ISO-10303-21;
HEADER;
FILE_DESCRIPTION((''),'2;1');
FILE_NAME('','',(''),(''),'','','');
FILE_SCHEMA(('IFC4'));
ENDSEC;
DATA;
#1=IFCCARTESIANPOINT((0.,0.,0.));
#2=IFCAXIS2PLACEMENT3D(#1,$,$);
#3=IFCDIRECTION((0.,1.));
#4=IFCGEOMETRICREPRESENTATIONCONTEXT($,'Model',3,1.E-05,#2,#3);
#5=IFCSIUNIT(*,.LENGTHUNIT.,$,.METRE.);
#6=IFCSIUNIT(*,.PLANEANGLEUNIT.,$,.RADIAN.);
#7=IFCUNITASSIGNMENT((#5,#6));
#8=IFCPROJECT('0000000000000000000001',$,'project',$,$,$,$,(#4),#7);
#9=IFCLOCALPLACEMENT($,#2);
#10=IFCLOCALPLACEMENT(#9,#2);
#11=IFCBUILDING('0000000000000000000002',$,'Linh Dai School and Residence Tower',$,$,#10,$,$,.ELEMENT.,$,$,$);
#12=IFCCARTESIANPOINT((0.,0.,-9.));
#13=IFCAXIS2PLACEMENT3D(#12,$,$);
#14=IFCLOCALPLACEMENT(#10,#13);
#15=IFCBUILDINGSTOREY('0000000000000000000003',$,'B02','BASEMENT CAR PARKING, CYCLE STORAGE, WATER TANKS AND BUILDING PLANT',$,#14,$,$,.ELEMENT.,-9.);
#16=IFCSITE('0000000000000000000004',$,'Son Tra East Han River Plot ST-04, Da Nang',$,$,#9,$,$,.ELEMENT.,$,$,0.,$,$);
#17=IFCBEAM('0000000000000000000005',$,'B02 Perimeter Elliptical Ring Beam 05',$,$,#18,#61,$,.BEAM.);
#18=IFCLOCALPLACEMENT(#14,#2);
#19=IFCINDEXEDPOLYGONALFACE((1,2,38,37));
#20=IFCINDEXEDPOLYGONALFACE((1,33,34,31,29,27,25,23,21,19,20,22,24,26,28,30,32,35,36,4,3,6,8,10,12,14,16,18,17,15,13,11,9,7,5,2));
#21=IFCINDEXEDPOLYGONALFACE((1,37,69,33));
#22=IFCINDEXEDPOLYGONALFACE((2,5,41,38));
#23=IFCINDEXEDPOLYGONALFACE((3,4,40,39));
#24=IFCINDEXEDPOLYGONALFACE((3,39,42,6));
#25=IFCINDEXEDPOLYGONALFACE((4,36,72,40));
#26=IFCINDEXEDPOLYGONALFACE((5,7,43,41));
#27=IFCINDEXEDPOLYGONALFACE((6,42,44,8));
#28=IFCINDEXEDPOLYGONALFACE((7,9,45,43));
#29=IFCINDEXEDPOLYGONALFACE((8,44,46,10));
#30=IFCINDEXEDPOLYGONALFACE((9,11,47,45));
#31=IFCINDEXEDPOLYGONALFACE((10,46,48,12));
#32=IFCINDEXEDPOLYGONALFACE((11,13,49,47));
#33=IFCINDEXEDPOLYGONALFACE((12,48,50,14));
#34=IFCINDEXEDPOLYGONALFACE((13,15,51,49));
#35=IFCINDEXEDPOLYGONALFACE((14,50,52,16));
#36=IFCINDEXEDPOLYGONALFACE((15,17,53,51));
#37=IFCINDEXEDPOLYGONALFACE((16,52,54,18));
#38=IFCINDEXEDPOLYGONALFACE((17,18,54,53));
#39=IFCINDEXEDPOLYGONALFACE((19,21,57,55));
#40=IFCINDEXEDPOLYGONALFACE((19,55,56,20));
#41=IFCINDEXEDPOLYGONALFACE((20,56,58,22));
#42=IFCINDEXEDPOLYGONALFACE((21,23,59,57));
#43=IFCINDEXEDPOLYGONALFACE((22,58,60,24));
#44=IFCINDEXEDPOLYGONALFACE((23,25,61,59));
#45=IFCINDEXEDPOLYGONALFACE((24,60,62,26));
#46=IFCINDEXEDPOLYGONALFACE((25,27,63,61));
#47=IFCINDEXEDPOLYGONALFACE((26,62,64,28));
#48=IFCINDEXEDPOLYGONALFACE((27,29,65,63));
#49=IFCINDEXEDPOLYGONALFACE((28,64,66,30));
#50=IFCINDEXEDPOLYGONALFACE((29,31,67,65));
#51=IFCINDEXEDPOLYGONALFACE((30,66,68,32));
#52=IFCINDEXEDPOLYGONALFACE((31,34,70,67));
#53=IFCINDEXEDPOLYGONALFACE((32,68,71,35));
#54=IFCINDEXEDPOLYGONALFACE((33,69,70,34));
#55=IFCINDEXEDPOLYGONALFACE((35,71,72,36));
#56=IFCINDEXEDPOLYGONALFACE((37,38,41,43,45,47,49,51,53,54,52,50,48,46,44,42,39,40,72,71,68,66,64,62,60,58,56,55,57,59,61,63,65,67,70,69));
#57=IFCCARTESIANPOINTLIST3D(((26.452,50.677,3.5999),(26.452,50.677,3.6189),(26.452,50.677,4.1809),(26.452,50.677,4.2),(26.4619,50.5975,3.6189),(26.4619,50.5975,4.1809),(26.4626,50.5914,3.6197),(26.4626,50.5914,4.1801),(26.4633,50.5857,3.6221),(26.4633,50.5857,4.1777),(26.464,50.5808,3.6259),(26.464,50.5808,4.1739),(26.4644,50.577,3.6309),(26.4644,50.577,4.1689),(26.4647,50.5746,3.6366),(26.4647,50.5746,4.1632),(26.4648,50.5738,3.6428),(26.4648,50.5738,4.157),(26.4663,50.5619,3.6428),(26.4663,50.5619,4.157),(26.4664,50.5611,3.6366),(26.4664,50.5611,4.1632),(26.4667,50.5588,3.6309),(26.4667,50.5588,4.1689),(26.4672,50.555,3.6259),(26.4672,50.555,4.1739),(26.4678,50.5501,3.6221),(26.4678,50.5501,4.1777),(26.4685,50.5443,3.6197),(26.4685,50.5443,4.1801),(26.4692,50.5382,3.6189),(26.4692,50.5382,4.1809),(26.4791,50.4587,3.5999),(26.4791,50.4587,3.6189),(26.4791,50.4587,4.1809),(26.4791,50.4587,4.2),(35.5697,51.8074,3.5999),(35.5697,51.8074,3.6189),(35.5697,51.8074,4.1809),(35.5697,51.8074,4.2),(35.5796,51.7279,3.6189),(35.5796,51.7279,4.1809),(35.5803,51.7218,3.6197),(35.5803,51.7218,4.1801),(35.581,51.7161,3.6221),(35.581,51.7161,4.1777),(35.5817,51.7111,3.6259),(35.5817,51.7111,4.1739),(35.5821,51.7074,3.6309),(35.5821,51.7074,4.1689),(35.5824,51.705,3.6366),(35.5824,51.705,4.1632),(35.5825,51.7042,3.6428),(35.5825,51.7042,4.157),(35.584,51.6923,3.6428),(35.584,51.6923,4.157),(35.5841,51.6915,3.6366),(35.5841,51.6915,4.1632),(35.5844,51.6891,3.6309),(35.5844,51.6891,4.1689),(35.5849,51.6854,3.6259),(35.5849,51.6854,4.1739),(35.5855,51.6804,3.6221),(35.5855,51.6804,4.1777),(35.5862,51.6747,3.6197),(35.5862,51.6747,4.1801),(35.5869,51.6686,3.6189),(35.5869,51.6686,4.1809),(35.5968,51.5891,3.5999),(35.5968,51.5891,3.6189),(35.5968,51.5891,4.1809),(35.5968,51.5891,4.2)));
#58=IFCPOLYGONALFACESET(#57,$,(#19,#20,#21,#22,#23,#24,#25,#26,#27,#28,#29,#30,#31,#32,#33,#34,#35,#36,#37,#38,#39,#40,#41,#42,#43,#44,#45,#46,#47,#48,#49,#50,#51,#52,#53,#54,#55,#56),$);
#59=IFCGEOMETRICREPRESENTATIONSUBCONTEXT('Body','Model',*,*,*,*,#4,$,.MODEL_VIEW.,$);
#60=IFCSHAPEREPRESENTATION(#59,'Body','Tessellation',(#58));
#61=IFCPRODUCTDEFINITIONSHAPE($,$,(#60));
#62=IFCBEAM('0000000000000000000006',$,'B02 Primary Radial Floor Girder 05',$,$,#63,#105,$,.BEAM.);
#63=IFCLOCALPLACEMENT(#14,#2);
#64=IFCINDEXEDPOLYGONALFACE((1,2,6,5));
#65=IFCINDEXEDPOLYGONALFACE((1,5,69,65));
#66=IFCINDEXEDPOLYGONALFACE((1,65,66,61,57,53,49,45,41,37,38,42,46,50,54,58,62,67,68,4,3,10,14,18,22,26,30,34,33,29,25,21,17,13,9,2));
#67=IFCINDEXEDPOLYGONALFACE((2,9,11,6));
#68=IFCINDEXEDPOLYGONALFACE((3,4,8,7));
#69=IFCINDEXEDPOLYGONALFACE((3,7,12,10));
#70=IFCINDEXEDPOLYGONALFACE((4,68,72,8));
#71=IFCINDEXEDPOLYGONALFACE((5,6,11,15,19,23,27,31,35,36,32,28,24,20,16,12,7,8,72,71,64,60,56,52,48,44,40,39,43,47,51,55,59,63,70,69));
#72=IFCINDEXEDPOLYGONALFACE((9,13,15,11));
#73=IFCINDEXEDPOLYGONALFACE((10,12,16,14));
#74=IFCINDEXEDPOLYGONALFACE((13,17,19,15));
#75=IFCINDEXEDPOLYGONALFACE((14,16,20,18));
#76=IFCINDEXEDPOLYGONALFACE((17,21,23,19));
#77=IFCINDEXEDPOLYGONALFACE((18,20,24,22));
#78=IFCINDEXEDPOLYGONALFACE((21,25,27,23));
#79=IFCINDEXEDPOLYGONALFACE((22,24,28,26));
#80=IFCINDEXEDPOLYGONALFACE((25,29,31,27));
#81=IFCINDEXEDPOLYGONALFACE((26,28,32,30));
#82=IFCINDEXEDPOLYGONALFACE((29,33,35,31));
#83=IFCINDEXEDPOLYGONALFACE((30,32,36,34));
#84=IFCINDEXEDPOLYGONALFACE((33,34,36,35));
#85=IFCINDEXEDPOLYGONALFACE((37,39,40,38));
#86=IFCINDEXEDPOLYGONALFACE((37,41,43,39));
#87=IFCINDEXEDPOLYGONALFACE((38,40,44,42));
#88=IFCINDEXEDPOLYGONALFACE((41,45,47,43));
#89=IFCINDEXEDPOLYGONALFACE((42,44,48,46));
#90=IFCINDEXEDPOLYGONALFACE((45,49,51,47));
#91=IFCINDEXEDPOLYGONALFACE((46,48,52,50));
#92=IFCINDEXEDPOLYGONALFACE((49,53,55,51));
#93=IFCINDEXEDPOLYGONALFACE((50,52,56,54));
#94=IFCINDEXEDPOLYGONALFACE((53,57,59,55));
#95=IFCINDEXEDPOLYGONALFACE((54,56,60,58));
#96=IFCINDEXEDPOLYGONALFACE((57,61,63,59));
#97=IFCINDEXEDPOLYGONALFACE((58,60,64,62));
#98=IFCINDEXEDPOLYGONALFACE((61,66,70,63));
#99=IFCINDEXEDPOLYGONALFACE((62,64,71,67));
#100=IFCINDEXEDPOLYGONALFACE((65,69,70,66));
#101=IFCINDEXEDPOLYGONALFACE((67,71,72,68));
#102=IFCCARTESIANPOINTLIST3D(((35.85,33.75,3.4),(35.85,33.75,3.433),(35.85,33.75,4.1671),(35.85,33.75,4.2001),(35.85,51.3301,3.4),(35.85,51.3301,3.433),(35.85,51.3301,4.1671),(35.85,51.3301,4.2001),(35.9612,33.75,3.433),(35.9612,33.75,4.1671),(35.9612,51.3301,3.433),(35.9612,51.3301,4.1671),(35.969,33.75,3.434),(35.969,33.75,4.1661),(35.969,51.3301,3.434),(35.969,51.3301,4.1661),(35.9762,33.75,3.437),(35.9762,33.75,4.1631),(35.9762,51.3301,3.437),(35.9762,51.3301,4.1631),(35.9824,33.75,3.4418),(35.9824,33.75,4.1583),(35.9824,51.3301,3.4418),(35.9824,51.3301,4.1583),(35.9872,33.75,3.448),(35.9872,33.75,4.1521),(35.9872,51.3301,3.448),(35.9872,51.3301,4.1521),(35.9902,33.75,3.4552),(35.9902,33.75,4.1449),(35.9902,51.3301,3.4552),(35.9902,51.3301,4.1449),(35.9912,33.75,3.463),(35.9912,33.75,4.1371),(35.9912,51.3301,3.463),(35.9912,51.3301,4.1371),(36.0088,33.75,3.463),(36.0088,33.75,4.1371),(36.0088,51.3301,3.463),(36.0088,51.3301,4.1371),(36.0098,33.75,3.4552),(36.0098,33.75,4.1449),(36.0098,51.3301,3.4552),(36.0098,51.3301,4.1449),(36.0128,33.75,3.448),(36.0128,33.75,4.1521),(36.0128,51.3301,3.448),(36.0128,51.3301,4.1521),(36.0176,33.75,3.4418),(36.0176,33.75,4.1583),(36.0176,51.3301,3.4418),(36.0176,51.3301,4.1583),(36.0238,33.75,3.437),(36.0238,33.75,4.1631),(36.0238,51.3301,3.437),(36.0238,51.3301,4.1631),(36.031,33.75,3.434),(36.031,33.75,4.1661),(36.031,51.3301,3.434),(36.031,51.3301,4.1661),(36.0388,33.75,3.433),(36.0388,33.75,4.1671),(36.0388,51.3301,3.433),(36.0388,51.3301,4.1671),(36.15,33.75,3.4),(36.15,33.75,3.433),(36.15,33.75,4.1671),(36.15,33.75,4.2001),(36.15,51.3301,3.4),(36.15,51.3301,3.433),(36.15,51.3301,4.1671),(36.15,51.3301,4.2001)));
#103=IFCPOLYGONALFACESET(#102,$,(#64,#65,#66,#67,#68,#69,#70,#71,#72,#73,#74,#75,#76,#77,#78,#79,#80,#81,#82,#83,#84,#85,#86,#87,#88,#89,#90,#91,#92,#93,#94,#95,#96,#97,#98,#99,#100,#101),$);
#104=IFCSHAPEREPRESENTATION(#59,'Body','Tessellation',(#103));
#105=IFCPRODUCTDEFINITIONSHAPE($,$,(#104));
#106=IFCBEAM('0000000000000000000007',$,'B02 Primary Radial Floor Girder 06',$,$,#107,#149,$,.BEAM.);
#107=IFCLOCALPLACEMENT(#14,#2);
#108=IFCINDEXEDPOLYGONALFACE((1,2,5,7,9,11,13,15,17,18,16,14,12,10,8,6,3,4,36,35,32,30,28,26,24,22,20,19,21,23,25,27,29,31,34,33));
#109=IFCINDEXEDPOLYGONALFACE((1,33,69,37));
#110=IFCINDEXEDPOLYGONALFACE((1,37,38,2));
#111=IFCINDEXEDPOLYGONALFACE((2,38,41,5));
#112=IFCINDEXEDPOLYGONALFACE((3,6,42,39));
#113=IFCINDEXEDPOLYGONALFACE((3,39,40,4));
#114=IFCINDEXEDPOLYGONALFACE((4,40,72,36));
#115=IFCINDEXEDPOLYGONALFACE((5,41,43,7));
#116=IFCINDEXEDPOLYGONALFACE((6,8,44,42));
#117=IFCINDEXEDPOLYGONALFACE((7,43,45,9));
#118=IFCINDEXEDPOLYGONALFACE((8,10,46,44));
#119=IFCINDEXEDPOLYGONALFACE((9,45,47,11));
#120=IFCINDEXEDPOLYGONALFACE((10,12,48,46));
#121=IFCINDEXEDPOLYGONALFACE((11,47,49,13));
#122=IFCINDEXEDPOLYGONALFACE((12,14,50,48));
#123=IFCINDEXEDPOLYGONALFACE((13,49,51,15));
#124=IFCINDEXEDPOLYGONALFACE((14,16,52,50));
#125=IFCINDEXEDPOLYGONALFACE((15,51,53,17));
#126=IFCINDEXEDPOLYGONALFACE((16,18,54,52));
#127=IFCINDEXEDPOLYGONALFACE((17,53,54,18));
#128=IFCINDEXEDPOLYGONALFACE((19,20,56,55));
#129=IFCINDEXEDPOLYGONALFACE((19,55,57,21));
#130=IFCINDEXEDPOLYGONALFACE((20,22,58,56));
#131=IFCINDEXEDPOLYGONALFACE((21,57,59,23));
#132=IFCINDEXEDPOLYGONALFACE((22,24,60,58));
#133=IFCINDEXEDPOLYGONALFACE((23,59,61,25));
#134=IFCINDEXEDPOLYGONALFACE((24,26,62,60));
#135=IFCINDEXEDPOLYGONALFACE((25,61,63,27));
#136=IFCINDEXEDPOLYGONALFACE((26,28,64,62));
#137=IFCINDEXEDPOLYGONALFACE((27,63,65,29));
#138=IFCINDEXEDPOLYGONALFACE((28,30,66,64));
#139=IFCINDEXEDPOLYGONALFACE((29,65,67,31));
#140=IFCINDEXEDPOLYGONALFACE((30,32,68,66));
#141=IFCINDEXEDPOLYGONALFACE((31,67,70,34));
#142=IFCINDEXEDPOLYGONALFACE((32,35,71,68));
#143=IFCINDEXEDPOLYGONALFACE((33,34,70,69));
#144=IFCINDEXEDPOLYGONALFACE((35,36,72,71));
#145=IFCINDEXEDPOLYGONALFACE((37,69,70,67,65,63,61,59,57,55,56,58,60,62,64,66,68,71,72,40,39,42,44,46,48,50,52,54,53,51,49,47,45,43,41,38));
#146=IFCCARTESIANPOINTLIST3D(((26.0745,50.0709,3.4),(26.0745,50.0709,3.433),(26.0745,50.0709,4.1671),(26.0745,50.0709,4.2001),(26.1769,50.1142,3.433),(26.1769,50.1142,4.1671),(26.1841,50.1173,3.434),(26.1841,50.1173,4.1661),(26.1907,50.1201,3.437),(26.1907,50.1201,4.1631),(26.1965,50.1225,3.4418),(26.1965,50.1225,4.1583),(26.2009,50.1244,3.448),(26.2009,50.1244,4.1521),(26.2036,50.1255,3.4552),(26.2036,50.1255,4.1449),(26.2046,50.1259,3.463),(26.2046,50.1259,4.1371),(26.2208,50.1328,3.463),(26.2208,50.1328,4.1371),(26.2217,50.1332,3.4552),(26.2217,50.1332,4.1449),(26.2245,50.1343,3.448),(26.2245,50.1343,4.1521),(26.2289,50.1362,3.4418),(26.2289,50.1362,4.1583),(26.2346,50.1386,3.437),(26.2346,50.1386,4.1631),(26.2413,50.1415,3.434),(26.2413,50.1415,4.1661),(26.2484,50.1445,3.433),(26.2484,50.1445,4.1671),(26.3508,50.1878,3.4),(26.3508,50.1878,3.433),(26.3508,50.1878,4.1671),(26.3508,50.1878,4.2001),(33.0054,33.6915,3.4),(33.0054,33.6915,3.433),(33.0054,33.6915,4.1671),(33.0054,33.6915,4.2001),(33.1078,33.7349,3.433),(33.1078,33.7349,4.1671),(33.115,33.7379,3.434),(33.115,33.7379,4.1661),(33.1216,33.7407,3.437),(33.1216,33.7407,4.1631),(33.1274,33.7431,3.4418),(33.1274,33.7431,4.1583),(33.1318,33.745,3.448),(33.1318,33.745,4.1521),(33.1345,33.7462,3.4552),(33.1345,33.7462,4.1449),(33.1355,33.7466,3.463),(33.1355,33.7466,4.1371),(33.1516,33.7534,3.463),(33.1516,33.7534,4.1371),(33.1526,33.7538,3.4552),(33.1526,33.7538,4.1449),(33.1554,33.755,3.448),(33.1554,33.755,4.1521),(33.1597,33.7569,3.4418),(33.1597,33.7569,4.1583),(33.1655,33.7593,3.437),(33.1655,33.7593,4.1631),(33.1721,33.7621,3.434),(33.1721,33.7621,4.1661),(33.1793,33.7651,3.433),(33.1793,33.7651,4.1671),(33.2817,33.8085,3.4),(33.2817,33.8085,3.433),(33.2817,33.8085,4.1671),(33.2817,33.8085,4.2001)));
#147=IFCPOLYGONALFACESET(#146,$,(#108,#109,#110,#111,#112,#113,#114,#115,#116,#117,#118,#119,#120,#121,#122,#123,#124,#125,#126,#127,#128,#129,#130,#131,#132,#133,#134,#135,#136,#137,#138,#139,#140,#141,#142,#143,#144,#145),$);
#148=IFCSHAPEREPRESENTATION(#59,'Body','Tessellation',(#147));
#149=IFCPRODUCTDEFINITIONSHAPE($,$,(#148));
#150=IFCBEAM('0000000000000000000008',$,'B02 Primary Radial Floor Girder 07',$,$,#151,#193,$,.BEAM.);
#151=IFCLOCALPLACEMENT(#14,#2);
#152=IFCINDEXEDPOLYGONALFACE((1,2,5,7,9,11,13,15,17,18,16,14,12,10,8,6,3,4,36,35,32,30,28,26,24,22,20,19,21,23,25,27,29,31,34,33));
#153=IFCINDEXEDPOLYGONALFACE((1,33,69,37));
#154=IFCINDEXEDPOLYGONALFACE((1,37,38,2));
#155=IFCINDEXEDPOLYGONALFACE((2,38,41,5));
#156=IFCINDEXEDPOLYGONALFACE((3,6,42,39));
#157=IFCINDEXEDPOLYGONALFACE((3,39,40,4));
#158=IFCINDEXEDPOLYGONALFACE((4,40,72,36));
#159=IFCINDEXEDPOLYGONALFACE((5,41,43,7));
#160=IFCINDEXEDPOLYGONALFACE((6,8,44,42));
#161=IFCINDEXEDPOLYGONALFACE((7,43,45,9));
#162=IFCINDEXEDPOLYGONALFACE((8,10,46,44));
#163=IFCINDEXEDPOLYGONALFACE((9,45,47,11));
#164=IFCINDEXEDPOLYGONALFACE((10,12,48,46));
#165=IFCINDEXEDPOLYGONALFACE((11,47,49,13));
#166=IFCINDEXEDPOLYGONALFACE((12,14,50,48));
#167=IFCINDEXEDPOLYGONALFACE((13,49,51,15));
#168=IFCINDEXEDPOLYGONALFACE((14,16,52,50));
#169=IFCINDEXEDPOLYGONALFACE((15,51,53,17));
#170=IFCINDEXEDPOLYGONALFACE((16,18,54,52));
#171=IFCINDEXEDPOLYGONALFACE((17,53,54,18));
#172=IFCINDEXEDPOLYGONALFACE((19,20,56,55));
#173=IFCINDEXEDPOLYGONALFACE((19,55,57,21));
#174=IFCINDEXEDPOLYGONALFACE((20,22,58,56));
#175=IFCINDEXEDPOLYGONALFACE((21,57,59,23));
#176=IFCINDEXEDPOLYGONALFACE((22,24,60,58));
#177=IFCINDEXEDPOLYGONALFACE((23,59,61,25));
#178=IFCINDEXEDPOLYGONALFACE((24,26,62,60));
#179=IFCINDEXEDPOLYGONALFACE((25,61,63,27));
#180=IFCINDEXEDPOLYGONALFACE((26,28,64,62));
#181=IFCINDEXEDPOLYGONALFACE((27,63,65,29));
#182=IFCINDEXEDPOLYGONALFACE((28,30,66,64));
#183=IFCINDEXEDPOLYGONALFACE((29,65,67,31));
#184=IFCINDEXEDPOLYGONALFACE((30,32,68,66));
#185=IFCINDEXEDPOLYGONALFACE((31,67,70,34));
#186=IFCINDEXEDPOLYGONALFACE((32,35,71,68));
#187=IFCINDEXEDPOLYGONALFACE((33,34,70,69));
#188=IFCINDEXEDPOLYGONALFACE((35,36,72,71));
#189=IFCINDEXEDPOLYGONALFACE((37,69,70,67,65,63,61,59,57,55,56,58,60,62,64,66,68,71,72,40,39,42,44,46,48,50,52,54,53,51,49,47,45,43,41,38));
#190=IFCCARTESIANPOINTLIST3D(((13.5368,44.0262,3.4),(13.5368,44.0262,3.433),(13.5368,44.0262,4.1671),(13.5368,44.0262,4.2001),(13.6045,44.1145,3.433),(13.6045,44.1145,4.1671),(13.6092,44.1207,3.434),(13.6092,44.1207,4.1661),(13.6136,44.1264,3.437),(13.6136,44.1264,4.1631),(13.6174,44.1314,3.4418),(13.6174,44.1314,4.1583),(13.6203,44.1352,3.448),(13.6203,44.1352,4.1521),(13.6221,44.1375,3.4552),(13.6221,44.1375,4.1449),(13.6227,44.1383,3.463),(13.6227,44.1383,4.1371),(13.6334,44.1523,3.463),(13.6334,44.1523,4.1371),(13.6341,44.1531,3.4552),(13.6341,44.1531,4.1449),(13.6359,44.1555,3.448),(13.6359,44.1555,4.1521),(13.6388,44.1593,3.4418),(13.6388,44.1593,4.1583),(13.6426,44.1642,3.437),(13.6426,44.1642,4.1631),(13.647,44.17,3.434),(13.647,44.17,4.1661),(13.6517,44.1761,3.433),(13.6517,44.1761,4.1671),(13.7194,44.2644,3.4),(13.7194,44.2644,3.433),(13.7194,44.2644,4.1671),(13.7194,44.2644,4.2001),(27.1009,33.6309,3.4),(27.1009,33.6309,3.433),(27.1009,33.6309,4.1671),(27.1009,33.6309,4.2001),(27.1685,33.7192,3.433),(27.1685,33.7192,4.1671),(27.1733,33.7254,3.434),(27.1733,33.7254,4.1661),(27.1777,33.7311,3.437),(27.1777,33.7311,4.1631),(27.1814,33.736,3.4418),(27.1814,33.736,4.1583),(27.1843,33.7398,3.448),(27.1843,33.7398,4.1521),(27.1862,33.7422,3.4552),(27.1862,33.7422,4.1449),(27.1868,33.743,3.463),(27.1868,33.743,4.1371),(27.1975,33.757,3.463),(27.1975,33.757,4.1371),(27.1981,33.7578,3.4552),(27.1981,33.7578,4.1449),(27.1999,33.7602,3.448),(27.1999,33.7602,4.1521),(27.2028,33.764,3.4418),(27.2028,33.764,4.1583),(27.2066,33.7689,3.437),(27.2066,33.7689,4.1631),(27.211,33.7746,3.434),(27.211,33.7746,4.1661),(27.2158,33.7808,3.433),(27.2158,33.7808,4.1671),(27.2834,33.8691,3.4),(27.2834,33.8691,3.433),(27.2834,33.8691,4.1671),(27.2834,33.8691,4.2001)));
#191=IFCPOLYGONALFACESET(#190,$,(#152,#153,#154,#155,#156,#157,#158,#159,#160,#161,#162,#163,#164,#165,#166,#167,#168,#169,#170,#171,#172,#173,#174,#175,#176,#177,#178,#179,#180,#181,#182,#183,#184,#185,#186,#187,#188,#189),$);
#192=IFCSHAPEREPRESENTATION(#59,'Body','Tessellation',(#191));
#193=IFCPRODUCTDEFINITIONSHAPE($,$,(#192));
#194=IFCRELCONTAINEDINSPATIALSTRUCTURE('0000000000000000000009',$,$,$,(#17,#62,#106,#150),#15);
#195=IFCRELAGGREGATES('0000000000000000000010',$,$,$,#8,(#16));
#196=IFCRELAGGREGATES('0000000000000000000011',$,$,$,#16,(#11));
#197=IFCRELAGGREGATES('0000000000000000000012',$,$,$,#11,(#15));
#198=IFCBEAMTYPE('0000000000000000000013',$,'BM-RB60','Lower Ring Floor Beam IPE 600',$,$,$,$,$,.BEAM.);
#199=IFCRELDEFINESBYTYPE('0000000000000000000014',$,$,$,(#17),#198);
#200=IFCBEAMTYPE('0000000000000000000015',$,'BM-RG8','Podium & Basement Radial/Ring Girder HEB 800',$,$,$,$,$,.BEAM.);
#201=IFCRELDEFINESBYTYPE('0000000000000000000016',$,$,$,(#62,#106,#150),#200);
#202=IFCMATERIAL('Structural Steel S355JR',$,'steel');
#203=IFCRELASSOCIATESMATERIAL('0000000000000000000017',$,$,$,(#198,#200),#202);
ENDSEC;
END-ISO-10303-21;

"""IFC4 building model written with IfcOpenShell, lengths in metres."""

from ifc_helpers import new_model, si_unit, direction, frame, origin, origin_2d, place, context, subcontext, project, spatial, i_section, extrude, material, material_profile, profile_set, type_object, element, save


model = new_model("IFC4")

# Units and contexts
model_context = context("Model", 3, precision=1e-05, world=origin(), true_north=direction((0.0, 1.0)))
body_context = subcontext(model_context, "Body", "Model", "MODEL_VIEW")
ifc_project = project(units=[si_unit("LENGTHUNIT", "METRE"), si_unit("PLANEANGLEUNIT", "RADIAN")], contexts=[model_context])

# Site, building, storey
site_placement = place(None, origin())
site = spatial("IfcSite", under=ifc_project, at=site_placement, Name="Son Tra East Han River Plot ST-04, Da Nang", CompositionType="ELEMENT", RefElevation=0.0)
building_placement = place(site_placement, origin())
building = spatial("IfcBuilding", under=site, at=building_placement, Name="Linh Dai School and Residence Tower", CompositionType="ELEMENT")
storey_placement = place(building_placement, frame((0.0, 0.0, -9.0)))
storey = spatial("IfcBuildingStorey", under=building, at=storey_placement, Name="B02", Description="BASEMENT CAR PARKING, CYCLE STORAGE, WATER TANKS AND BUILDING PLANT", CompositionType="ELEMENT", Elevation=-9.0)

# Shared definitions
ifc_material_1 = material(Name="Structural Steel S355JR", Category="steel")

# Beams
ifc_material_profile_1 = material_profile(ifc_material_1, i_section(OverallWidth=0.22, OverallDepth=0.6001, WebThickness=0.012, FlangeThickness=0.019, FilletRadius=0.0239, at=origin_2d()), Name="IPE 600")
ifc_profile_set_1 = profile_set([ifc_material_profile_1], Name="Structural Steel S355JR")
beam_type_1 = type_object("IfcBeamType", Name="BM-RB60", Description="Lower Ring Floor Beam IPE 600", PredefinedType="BEAM", material=ifc_profile_set_1)
beam_1_placement = place(storey_placement, frame((35.5833, 51.6982, 3.8999), z_axis=(-0.992402, -0.123034, 0.0), x_axis=(0.123034, -0.992402, 0.0)))
element("IfcBeam", 1, at=beam_1_placement, inside=storey, type_object=beam_type_1, Name="B02 Perimeter Elliptical Ring Beam 05", PredefinedType="BEAM", context=body_context, shape_type="SweptSolid", body=[
    extrude(i_section(OverallWidth=0.22, OverallDepth=0.6001, WebThickness=0.012, FlangeThickness=0.019, FilletRadius=0.0239, at=origin_2d()), origin(), (0.0, 0.0, 1.0), 9.1875),
])
ifc_material_profile_2 = material_profile(ifc_material_1, i_section(OverallWidth=0.3, OverallDepth=0.8, WebThickness=0.0176, FlangeThickness=0.033, FilletRadius=0.03, at=origin_2d()), Name="HEB 800")
ifc_profile_set_2 = profile_set([ifc_material_profile_2], Name="Structural Steel S355JR")
beam_type_2 = type_object("IfcBeamType", Name="BM-RG8", Description="Podium & Basement Radial/Ring Girder HEB 800", PredefinedType="BEAM", material=ifc_profile_set_2)
beam_2_placement = place(storey_placement, frame((36.0, 33.75, 3.8), z_axis=(0.0, 1.0, 0.0), x_axis=(-1.0, 0.0, 0.0)))
element("IfcBeam", 2, at=beam_2_placement, inside=storey, type_object=beam_type_2, Name="B02 Primary Radial Floor Girder 05", PredefinedType="BEAM", context=body_context, shape_type="SweptSolid", body=[
    extrude(i_section(OverallWidth=0.3, OverallDepth=0.8, WebThickness=0.0176, FlangeThickness=0.033, FilletRadius=0.03, at=origin_2d()), origin(), (0.0, 0.0, 1.0), 17.5801),
])
beam_3_placement = place(storey_placement, frame((33.1436, 33.75, 3.8), z_axis=(-0.389696, 0.920944, 0.0), x_axis=(-0.920944, -0.389696, 0.0)))
element("IfcBeam", 3, at=beam_3_placement, inside=storey, type_object=beam_type_2, Name="B02 Primary Radial Floor Girder 06", PredefinedType="BEAM", context=body_context, shape_type="SweptSolid", body=[
    extrude(i_section(OverallWidth=0.3, OverallDepth=0.8, WebThickness=0.0176, FlangeThickness=0.033, FilletRadius=0.03, at=origin_2d()), origin(), (0.0, 0.0, 1.0), 17.7854),
])
beam_4_placement = place(storey_placement, frame((27.1921, 33.75, 3.8), z_axis=(-0.793713, 0.608292, 0.0), x_axis=(-0.608292, -0.793713, 0.0)))
element("IfcBeam", 4, at=beam_4_placement, inside=storey, type_object=beam_type_2, Name="B02 Primary Radial Floor Girder 07", PredefinedType="BEAM", context=body_context, shape_type="SweptSolid", body=[
    extrude(i_section(OverallWidth=0.3, OverallDepth=0.8, WebThickness=0.0176, FlangeThickness=0.033, FilletRadius=0.03, at=origin_2d()), origin(), (0.0, 0.0, 1.0), 17.0894),
])

save(model, "model.ifc")
